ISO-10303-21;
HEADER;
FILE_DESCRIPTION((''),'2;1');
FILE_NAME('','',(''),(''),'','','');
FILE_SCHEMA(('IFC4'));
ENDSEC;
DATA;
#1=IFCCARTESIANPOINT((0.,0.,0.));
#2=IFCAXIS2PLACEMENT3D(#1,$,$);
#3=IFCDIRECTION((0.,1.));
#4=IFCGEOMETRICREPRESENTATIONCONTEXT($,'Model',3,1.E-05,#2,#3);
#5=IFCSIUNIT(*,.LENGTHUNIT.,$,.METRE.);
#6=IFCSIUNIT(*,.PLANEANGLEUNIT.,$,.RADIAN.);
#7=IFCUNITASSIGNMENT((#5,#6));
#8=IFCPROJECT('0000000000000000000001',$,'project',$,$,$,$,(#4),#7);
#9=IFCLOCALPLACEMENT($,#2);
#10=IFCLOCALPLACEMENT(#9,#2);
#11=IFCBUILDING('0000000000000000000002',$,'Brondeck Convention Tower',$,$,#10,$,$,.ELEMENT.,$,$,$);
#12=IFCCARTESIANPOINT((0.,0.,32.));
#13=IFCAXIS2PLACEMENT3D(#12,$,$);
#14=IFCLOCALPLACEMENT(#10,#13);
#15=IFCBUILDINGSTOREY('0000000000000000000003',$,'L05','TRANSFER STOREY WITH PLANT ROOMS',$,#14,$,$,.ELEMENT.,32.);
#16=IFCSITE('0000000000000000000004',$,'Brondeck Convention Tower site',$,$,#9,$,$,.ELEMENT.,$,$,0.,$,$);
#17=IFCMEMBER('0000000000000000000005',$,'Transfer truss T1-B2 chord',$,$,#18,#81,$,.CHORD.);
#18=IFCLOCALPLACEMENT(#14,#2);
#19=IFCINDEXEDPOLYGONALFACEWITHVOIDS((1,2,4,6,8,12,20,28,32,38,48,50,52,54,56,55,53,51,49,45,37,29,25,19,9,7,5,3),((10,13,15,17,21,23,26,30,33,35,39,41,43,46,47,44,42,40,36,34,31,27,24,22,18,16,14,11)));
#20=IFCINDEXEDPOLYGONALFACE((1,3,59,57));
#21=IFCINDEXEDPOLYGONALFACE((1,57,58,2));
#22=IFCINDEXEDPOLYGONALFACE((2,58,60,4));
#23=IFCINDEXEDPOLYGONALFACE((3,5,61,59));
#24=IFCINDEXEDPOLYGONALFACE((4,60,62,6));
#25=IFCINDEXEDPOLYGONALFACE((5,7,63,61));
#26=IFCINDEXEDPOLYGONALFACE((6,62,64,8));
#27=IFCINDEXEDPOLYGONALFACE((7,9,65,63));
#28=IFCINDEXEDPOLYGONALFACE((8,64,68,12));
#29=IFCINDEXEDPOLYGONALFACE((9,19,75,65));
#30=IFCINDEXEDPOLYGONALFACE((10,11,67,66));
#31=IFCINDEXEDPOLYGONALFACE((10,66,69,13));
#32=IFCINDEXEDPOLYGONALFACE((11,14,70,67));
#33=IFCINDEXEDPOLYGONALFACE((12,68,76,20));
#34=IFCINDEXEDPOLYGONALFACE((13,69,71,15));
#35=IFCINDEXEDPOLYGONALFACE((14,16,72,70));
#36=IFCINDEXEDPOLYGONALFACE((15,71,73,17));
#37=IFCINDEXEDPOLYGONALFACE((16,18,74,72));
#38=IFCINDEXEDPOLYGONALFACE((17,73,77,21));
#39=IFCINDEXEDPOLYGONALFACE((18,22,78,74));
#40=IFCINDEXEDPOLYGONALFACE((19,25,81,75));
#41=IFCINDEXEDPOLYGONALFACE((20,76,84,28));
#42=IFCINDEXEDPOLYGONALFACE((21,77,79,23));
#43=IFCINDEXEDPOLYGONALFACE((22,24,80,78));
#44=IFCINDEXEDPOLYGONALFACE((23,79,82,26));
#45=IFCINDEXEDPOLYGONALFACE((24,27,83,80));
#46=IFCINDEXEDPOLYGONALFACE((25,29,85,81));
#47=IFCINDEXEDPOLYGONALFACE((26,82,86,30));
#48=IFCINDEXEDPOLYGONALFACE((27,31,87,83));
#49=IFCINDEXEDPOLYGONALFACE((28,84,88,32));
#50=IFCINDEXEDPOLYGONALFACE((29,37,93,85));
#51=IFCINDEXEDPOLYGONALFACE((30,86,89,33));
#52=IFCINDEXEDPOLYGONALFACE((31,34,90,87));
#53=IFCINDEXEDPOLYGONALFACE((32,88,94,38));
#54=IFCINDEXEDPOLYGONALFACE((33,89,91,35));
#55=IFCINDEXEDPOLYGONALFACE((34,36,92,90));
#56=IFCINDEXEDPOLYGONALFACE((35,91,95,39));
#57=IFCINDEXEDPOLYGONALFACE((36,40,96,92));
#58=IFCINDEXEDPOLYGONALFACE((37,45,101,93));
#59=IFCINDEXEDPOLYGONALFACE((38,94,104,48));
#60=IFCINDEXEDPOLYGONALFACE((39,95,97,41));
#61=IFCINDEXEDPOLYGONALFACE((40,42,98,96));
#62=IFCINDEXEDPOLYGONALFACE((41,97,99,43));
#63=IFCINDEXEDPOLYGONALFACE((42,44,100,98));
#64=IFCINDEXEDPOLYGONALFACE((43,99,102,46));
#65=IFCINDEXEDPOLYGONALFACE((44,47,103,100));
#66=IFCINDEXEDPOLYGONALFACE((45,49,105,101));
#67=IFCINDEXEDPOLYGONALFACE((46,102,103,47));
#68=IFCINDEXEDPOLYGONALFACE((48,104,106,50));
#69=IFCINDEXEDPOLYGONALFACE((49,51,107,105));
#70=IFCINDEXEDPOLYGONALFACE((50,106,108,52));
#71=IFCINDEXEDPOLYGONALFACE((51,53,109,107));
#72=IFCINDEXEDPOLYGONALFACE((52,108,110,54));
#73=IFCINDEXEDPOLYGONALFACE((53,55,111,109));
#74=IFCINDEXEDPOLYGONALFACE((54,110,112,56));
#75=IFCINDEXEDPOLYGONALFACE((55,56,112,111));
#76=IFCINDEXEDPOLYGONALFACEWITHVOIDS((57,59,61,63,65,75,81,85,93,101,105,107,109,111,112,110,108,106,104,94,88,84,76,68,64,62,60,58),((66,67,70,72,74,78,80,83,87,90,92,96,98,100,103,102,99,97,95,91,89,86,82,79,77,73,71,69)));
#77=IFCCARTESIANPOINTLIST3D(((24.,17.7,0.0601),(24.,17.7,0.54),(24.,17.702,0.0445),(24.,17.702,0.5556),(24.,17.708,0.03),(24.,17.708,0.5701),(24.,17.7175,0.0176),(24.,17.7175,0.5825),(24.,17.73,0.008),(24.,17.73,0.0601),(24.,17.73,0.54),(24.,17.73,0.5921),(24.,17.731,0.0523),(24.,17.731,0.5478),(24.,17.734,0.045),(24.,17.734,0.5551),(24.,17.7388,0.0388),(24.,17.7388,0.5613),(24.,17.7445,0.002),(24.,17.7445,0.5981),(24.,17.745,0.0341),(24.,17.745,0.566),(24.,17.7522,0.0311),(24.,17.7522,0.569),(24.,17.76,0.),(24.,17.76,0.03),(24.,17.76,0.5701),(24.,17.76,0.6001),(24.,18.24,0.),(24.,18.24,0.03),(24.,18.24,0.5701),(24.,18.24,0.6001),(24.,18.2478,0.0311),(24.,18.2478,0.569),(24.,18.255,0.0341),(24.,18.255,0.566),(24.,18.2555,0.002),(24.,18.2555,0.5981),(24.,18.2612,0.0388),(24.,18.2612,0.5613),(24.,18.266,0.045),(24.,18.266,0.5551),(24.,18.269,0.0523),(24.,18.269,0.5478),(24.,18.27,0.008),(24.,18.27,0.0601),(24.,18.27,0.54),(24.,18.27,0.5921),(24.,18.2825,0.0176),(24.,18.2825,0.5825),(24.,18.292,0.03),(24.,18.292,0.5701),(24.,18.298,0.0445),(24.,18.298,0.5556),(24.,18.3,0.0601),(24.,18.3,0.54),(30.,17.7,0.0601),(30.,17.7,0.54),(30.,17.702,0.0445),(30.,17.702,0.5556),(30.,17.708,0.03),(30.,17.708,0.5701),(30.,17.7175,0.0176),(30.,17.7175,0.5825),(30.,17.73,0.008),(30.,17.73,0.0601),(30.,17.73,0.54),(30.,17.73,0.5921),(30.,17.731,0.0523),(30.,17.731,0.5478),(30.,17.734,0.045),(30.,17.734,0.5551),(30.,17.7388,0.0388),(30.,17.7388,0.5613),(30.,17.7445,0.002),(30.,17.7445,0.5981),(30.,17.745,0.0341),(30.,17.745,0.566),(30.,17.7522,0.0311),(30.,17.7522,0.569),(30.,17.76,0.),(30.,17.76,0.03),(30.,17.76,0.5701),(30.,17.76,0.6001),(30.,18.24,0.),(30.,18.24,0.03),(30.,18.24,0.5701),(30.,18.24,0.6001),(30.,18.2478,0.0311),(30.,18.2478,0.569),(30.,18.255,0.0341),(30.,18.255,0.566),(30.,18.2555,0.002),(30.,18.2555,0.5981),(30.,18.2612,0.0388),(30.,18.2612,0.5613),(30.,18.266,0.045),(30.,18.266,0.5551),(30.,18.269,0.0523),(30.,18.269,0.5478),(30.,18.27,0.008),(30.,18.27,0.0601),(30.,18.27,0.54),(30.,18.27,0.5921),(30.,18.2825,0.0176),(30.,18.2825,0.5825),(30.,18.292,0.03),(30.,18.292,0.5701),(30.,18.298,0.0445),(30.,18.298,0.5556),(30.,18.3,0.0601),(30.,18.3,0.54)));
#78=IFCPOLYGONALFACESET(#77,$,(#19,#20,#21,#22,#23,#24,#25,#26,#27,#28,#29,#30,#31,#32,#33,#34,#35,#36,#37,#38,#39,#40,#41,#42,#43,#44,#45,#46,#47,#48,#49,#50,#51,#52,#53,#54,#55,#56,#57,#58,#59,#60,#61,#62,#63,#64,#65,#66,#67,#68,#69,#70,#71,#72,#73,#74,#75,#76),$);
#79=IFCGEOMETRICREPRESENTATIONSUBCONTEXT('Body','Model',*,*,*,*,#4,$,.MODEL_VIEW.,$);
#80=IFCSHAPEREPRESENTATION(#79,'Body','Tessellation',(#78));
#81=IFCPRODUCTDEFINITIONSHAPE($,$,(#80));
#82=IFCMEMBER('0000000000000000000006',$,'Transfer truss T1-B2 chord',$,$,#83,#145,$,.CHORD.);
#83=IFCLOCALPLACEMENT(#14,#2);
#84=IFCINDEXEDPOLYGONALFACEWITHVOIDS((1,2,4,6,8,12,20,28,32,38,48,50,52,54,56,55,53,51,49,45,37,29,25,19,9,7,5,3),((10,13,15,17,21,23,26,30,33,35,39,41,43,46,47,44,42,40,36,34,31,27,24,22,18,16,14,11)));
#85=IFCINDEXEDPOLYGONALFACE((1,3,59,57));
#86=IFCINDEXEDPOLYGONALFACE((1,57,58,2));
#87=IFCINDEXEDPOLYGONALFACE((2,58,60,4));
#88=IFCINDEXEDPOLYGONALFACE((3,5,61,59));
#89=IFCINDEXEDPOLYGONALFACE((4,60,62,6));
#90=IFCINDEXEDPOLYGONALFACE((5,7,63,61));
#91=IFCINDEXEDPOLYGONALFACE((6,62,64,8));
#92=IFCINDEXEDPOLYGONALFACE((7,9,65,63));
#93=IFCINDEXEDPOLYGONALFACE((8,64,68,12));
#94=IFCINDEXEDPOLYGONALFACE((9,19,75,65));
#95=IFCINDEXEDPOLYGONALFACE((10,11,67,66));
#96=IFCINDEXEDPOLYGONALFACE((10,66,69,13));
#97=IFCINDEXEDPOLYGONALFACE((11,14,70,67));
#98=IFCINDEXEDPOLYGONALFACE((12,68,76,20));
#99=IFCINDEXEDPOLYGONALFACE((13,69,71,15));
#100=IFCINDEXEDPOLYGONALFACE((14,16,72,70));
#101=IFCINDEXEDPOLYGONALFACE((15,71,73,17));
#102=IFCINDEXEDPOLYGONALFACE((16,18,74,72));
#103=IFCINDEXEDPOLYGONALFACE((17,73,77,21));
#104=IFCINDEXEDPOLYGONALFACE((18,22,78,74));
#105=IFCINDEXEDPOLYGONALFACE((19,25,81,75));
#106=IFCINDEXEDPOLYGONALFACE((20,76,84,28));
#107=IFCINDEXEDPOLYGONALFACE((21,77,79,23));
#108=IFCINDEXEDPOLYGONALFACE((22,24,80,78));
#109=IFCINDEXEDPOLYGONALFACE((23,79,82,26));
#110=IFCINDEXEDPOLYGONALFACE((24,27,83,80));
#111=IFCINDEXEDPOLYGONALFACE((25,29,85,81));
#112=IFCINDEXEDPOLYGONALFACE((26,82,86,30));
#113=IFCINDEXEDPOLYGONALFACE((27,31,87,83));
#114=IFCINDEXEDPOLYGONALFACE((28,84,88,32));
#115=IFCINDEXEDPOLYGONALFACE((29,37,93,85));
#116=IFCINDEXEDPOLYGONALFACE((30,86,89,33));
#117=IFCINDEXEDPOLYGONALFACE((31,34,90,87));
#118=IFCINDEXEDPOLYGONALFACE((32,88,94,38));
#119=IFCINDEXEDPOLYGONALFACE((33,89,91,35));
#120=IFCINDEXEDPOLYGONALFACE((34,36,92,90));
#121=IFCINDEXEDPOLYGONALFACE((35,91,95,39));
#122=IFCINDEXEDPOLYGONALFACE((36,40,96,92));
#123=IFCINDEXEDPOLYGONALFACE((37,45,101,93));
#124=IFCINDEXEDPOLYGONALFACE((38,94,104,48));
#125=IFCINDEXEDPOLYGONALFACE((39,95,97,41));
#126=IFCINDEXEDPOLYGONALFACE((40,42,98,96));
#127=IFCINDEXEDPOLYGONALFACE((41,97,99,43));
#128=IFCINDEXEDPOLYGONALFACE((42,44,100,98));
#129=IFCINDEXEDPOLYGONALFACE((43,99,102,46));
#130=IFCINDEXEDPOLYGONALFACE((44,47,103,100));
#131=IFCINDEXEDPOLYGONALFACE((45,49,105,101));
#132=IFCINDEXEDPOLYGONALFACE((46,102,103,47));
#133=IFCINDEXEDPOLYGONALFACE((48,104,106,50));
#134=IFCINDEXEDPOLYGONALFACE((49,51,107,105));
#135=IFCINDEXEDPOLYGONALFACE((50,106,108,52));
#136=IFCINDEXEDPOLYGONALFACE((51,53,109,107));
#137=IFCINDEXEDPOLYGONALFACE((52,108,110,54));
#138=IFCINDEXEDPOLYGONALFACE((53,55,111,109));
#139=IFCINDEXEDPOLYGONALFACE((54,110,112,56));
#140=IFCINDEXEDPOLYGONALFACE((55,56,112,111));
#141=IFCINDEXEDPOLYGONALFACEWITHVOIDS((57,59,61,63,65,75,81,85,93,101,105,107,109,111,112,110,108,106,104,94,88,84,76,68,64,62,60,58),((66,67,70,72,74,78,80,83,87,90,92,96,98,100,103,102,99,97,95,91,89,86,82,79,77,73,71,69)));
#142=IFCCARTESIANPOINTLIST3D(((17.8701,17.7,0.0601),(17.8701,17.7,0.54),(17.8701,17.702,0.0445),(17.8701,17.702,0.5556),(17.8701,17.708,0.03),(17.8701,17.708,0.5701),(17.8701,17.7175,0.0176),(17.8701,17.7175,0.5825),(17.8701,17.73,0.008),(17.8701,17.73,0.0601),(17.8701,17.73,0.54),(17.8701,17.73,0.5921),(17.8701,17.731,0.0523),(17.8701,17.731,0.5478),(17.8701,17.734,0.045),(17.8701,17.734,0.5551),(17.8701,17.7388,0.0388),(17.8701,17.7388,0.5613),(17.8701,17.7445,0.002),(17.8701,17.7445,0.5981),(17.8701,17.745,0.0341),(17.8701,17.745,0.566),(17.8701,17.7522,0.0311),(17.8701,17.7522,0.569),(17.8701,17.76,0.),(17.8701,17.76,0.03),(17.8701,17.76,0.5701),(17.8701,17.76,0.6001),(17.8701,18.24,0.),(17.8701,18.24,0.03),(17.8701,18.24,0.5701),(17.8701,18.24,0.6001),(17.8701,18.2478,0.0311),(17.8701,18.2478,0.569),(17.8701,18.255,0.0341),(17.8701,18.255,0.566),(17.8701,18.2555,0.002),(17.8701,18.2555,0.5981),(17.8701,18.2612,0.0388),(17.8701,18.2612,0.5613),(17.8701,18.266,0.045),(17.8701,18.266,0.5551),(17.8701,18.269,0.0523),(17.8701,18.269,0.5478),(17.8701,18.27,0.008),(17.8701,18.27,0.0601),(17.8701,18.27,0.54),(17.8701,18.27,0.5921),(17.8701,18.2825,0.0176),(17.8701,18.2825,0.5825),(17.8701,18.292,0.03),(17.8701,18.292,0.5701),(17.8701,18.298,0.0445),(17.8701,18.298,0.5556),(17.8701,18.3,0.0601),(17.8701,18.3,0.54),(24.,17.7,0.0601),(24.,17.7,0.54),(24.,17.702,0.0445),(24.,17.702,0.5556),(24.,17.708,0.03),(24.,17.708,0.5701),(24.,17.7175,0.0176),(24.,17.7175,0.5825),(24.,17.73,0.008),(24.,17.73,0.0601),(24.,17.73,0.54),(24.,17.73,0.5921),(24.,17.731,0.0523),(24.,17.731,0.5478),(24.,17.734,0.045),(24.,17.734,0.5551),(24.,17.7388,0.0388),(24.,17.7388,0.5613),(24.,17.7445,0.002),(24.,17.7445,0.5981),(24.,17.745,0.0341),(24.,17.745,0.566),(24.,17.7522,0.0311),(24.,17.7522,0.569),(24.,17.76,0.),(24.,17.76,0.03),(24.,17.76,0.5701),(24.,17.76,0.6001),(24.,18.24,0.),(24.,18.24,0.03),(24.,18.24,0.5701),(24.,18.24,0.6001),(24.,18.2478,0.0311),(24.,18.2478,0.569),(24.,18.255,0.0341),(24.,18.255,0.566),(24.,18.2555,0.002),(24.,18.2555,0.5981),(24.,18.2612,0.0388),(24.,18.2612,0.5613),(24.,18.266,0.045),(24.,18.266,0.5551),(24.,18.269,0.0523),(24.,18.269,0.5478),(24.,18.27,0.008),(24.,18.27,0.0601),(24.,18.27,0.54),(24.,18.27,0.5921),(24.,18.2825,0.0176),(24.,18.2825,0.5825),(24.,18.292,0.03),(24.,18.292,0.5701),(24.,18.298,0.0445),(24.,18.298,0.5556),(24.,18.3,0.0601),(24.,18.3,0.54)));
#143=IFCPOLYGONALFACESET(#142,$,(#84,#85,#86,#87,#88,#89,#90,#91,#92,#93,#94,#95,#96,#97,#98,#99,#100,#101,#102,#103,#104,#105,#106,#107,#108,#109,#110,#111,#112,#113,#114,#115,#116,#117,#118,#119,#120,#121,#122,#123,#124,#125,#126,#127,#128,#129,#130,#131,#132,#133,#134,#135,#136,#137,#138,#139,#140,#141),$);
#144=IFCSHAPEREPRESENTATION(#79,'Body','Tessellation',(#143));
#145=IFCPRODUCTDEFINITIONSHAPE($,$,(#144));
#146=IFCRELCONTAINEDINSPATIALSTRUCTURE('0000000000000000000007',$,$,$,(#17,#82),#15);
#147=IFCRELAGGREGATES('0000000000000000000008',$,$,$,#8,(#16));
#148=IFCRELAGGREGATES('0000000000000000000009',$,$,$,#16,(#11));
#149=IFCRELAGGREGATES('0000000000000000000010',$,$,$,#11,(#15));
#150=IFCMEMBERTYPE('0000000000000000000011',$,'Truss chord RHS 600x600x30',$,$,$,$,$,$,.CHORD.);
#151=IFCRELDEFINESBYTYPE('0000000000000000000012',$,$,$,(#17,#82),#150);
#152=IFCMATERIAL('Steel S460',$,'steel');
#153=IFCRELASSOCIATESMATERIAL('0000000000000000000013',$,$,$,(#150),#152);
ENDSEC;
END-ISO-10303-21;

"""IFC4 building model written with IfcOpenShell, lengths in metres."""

from ifc_helpers import new_model, si_unit, direction, frame, origin, origin_2d, place, context, subcontext, project, spatial, hollow_rectangle, extrude, material, material_profile, profile_set, type_object, element, save


model = new_model("IFC4")

# Units and contexts
model_context = context("Model", 3, precision=1e-05, world=origin(), true_north=direction((0.0, 1.0)))
body_context = subcontext(model_context, "Body", "Model", "MODEL_VIEW")
ifc_project = project(units=[si_unit("LENGTHUNIT", "METRE"), si_unit("PLANEANGLEUNIT", "RADIAN")], contexts=[model_context])

# Site, building, storey
site_placement = place(None, origin())
site = spatial("IfcSite", under=ifc_project, at=site_placement, Name="Brondeck Convention Tower site", CompositionType="ELEMENT", RefElevation=0.0)
building_placement = place(site_placement, origin())
building = spatial("IfcBuilding", under=site, at=building_placement, Name="Brondeck Convention Tower", CompositionType="ELEMENT")
storey_placement = place(building_placement, frame((0.0, 0.0, 32.0)))
storey = spatial("IfcBuildingStorey", under=building, at=storey_placement, Name="L05", Description="TRANSFER STOREY WITH PLANT ROOMS", CompositionType="ELEMENT", Elevation=32.0)

# Shared definitions
ifc_material_1 = material(Name="Steel S460", Category="steel")

# Members
ifc_material_profile_1 = material_profile(ifc_material_1, hollow_rectangle(XDim=0.6001, YDim=0.6001, WallThickness=0.03, InnerFilletRadius=0.03, OuterFilletRadius=0.0601, at=origin_2d()), Name="RHS 600x600x30")
ifc_profile_set_1 = profile_set([ifc_material_profile_1], Name="Steel S460")
member_type_1 = type_object("IfcMemberType", Name="Truss chord RHS 600x600x30", PredefinedType="CHORD", material=ifc_profile_set_1)
member_1_placement = place(storey_placement, frame((30.0, 18.0, 0.3), z_axis=(-1.0, 0.0, 0.0), x_axis=(0.0, -1.0, 0.0)))
element("IfcMember", 1, at=member_1_placement, inside=storey, type_object=member_type_1, Name="Transfer truss T1-B2 chord", PredefinedType="CHORD", context=body_context, shape_type="SweptSolid", body=[
    extrude(hollow_rectangle(XDim=0.6001, YDim=0.6001, WallThickness=0.03, InnerFilletRadius=0.03, OuterFilletRadius=0.0601, at=origin_2d()), origin(), (0.0, 0.0, 1.0), 6.0),
])
member_2_placement = place(storey_placement, frame((24.0, 18.0, 0.3), z_axis=(-1.0, 0.0, 0.0), x_axis=(0.0, -1.0, 0.0)))
element("IfcMember", 2, at=member_2_placement, inside=storey, type_object=member_type_1, Name="Transfer truss T1-B2 chord", PredefinedType="CHORD", context=body_context, shape_type="SweptSolid", body=[
    extrude(hollow_rectangle(XDim=0.6001, YDim=0.6001, WallThickness=0.03, InnerFilletRadius=0.03, OuterFilletRadius=0.0601, at=origin_2d()), origin(), (0.0, 0.0, 1.0), 6.1299),
])

save(model, "model.ifc")
